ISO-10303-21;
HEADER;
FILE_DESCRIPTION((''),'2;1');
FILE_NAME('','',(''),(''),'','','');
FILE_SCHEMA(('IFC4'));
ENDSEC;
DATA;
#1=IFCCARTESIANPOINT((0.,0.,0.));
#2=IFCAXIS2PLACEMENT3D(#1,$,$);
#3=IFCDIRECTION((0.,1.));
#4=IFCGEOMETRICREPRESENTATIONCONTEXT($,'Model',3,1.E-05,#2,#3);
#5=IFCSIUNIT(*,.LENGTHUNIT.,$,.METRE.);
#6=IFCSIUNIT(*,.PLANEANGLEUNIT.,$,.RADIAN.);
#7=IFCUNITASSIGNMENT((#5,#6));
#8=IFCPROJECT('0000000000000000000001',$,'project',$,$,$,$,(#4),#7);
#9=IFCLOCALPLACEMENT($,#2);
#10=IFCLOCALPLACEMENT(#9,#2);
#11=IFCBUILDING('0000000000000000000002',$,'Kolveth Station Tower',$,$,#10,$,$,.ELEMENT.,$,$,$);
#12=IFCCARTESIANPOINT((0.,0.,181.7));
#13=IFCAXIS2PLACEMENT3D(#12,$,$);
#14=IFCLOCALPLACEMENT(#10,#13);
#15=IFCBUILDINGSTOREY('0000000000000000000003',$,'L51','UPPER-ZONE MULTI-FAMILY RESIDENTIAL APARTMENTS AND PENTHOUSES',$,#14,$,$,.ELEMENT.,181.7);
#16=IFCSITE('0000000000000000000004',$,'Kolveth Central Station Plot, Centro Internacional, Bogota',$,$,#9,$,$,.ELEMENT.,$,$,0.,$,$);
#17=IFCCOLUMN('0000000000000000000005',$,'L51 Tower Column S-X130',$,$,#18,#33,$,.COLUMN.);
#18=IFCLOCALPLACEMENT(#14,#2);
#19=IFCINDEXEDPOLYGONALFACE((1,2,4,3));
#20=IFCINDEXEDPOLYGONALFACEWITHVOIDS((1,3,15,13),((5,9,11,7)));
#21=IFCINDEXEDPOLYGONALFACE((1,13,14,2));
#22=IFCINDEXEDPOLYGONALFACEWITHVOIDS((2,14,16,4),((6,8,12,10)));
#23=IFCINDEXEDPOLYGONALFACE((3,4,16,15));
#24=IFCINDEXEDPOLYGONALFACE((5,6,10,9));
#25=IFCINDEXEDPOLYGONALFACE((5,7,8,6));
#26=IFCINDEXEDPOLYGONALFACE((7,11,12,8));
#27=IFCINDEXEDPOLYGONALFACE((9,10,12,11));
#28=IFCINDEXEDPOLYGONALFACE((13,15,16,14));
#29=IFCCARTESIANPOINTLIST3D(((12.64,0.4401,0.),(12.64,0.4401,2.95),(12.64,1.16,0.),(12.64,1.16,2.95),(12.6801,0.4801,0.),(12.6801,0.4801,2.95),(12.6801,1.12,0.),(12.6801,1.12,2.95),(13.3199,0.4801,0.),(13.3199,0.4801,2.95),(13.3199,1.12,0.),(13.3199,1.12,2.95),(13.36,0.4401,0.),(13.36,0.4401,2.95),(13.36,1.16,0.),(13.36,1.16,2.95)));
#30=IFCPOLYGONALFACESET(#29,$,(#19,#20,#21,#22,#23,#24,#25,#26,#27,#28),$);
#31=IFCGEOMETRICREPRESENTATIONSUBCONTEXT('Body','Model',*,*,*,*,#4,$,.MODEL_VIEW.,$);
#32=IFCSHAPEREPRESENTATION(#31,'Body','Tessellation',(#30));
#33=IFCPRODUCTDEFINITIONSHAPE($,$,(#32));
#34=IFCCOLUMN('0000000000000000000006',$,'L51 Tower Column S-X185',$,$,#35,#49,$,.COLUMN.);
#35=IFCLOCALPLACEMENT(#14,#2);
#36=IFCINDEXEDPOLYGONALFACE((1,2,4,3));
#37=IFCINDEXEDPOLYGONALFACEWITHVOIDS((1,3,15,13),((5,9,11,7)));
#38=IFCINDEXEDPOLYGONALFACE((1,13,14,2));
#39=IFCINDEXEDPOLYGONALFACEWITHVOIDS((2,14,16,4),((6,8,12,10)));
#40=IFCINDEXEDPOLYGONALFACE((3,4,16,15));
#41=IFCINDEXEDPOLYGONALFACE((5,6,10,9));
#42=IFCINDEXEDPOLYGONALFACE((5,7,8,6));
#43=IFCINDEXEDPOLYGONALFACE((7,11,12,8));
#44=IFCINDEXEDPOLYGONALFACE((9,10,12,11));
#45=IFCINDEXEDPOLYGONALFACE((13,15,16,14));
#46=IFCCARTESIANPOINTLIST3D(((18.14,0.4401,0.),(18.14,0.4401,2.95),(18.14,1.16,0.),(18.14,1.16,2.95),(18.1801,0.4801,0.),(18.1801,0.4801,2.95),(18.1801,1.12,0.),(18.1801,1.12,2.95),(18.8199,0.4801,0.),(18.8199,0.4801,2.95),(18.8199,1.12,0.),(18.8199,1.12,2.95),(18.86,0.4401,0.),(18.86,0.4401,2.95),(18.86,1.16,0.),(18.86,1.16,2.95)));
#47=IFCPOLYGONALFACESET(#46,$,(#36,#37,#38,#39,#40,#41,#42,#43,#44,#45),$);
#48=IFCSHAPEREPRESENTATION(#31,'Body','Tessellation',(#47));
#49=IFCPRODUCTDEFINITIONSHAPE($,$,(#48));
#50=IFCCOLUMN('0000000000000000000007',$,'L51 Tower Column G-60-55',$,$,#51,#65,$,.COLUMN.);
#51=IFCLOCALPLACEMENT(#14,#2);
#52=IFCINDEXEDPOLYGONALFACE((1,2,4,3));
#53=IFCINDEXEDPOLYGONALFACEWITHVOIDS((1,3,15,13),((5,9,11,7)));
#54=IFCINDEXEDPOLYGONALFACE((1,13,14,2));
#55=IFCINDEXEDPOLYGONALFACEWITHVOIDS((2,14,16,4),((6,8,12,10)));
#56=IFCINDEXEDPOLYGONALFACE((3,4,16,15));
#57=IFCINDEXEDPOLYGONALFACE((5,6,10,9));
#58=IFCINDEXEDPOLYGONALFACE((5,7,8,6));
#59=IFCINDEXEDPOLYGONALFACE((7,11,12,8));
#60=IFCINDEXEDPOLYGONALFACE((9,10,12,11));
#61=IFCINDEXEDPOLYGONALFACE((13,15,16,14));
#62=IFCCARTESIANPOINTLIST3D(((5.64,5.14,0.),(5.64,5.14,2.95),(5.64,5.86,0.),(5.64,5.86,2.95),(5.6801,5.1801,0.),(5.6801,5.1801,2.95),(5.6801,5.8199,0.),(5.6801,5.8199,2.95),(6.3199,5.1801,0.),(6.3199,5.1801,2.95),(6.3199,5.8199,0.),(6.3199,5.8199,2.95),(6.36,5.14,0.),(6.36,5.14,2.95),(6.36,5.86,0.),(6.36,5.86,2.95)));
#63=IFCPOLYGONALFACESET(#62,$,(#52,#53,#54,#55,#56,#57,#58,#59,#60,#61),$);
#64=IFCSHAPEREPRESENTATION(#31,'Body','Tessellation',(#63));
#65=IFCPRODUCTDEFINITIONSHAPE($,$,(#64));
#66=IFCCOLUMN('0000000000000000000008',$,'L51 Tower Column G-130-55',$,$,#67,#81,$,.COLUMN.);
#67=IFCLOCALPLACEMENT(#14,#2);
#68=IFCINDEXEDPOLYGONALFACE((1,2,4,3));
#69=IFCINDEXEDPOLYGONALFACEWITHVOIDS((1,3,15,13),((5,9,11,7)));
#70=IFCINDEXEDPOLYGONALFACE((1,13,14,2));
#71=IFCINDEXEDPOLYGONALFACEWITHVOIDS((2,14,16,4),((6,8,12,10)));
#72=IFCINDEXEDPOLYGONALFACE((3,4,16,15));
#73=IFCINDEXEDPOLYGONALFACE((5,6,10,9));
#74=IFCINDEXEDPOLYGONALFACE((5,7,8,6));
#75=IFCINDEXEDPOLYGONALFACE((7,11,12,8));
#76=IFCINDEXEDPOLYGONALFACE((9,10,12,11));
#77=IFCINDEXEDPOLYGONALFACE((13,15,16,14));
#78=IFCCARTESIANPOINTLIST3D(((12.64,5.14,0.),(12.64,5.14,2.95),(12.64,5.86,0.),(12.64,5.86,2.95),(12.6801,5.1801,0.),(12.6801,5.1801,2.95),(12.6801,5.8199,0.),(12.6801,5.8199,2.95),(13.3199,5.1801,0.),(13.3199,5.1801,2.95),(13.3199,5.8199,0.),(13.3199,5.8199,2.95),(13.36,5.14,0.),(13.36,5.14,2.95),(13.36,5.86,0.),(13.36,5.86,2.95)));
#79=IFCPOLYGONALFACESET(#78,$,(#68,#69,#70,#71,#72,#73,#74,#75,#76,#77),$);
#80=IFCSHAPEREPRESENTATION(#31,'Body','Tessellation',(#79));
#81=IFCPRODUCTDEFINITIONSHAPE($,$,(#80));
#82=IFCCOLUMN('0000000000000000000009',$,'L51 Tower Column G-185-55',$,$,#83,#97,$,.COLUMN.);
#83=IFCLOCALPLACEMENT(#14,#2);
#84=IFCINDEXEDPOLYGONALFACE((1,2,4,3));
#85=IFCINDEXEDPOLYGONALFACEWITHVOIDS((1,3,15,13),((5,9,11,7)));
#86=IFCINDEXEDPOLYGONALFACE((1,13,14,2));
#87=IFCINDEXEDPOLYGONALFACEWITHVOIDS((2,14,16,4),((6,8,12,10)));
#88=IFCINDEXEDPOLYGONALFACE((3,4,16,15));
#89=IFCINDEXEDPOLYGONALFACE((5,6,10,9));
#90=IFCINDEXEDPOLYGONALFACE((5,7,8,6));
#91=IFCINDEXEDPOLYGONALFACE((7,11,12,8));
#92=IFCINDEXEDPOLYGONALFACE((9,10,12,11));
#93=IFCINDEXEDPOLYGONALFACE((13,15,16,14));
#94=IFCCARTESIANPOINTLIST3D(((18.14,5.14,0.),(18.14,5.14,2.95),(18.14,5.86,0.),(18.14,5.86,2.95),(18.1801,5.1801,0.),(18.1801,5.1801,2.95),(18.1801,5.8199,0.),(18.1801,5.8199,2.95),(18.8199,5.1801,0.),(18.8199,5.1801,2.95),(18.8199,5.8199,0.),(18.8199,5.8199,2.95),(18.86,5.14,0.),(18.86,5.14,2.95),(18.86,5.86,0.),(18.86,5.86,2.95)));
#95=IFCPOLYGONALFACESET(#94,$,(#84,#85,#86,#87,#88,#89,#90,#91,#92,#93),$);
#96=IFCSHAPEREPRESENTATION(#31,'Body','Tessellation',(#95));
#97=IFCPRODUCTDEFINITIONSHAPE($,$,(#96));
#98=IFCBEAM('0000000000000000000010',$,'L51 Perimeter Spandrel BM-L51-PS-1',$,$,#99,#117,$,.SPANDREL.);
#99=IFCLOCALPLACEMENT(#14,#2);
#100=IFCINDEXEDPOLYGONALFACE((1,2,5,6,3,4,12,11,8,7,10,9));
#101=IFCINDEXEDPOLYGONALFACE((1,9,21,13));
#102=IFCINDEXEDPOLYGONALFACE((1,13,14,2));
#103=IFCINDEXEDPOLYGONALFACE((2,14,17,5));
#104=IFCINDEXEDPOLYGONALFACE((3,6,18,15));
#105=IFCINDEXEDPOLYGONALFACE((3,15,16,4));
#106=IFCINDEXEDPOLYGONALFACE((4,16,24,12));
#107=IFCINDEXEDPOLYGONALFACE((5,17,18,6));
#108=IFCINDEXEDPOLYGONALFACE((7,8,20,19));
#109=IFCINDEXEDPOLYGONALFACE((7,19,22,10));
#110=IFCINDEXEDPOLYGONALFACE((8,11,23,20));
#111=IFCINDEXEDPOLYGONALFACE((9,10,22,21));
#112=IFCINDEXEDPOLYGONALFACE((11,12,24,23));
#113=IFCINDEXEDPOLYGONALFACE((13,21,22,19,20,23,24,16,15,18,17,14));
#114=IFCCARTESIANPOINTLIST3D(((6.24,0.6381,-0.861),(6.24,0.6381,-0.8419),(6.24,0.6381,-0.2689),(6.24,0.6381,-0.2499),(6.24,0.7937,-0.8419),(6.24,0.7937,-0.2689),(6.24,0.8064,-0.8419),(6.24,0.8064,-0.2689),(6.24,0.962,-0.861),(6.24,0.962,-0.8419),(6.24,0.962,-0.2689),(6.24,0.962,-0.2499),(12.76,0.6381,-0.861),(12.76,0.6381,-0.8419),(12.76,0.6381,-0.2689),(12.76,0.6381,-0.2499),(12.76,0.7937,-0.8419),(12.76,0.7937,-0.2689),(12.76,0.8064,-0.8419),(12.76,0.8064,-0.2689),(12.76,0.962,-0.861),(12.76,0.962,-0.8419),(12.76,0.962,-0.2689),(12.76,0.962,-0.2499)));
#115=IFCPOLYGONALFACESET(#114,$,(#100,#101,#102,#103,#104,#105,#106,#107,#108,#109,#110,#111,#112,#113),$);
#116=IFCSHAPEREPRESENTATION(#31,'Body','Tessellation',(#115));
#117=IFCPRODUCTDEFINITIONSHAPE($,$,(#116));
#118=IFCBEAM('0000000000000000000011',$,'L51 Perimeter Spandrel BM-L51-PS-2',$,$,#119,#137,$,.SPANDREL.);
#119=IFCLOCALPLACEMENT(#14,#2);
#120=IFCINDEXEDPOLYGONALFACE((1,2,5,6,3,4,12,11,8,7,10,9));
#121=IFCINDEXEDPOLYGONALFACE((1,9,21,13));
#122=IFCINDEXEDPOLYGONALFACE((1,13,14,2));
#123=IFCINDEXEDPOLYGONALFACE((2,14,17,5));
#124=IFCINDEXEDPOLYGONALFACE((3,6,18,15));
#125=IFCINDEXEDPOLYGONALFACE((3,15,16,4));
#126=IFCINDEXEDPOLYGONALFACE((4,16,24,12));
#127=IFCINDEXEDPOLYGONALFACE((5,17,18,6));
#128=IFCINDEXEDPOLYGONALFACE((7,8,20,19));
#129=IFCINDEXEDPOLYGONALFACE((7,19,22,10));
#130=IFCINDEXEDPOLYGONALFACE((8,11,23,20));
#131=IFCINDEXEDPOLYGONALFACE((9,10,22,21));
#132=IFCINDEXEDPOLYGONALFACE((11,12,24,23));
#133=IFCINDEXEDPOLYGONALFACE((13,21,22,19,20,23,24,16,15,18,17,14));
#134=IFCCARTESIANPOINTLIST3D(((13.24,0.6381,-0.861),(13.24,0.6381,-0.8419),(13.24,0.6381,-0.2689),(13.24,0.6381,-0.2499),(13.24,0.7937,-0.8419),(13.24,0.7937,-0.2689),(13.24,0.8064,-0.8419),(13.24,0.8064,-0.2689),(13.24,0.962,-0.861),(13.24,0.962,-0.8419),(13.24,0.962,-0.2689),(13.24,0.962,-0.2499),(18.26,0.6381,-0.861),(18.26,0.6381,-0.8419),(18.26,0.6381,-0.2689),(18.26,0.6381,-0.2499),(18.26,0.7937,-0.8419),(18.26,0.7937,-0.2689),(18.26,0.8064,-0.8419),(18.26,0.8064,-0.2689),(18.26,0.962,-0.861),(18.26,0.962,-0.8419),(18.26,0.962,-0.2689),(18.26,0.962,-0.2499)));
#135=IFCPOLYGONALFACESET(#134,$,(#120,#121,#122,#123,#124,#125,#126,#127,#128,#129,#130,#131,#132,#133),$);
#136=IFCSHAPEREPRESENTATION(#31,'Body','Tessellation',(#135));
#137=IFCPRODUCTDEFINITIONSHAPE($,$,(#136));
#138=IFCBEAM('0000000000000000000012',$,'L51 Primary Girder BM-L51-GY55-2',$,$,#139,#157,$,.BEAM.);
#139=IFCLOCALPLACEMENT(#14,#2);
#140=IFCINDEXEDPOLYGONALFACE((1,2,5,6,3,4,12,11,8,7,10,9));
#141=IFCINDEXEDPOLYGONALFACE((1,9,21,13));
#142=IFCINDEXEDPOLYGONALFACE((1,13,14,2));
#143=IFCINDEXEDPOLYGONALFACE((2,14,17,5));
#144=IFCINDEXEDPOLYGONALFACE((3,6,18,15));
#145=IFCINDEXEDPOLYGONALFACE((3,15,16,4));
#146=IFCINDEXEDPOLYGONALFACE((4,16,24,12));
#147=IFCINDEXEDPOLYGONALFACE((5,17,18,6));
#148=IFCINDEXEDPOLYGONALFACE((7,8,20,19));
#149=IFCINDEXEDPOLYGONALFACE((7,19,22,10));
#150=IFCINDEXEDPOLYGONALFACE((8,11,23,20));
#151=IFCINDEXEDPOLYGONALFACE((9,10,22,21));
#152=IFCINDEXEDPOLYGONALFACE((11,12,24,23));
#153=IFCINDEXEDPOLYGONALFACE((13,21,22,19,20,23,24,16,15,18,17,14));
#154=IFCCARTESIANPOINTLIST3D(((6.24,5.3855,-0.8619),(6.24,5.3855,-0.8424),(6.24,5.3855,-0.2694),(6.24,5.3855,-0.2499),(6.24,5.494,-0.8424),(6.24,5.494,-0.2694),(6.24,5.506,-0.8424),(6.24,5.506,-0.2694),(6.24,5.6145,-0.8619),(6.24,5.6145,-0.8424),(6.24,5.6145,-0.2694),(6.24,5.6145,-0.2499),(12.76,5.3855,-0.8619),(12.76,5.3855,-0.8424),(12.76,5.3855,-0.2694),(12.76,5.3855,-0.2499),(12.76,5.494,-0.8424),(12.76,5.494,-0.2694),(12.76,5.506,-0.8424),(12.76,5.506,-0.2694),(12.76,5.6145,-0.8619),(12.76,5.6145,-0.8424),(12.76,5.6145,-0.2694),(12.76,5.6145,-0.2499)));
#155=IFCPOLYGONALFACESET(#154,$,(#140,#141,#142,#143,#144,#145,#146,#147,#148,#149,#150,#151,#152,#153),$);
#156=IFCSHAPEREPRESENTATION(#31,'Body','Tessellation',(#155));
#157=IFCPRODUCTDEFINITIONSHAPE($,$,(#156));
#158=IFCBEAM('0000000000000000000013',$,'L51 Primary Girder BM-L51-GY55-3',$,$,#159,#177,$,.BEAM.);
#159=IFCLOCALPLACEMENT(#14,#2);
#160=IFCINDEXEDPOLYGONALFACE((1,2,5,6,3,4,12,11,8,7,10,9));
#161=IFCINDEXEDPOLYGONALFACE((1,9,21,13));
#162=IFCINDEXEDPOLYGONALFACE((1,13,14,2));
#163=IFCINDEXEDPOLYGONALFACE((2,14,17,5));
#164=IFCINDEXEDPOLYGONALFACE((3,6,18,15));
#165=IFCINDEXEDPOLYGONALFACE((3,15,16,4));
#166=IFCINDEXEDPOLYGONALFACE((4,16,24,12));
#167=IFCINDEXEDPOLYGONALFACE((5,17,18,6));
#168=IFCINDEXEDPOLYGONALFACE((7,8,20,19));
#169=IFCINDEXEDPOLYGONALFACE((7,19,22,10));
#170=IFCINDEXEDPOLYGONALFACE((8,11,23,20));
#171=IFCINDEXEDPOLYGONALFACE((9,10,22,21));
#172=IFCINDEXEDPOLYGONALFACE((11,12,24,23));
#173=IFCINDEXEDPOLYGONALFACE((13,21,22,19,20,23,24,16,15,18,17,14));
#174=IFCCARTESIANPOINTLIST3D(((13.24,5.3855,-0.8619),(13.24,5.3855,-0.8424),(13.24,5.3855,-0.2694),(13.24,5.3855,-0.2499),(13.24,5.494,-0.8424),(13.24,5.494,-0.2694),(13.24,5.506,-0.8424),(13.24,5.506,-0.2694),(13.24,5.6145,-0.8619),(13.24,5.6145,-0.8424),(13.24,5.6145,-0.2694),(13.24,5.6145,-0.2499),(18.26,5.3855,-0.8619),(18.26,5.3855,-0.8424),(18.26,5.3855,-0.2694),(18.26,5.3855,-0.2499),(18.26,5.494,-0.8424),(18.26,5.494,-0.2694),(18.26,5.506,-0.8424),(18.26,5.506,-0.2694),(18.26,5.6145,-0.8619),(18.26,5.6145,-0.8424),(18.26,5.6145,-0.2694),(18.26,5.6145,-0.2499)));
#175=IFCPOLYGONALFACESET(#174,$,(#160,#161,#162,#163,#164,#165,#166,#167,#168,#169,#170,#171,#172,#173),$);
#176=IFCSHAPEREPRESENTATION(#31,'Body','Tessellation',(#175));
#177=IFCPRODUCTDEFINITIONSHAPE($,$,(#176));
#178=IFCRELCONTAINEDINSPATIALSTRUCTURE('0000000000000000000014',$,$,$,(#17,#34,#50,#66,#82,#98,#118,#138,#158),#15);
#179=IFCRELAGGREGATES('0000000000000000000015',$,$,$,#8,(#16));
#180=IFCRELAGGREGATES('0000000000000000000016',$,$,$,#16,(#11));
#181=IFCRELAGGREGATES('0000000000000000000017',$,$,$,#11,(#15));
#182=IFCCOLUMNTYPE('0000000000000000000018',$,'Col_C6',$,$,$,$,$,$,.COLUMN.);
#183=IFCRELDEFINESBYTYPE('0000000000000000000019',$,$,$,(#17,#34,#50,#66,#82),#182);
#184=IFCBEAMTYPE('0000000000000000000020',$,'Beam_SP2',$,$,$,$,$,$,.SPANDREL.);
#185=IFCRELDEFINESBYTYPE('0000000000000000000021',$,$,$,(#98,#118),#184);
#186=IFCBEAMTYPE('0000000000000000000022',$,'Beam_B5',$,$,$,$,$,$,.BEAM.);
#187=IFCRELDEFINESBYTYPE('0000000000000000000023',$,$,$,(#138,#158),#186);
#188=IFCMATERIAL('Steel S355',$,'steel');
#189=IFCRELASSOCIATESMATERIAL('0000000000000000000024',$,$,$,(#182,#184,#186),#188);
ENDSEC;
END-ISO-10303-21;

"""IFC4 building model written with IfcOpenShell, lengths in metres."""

from ifc_helpers import new_model, si_unit, direction, frame, origin, origin_2d, place, context, subcontext, project, spatial, hollow_rectangle, i_section, extrude, source, transform, mapped, material, material_profile, profile_set, type_object, element, save


model = new_model("IFC4")

# Units and contexts
model_context = context("Model", 3, precision=1e-05, world=origin(), true_north=direction((0.0, 1.0)))
body_context = subcontext(model_context, "Body", "Model", "MODEL_VIEW")
ifc_project = project(units=[si_unit("LENGTHUNIT", "METRE"), si_unit("PLANEANGLEUNIT", "RADIAN")], contexts=[model_context])

# Site, building, storey
site_placement = place(None, origin())
site = spatial("IfcSite", under=ifc_project, at=site_placement, Name="Kolveth Central Station Plot, Centro Internacional, Bogota", CompositionType="ELEMENT", RefElevation=0.0)
building_placement = place(site_placement, origin())
building = spatial("IfcBuilding", under=site, at=building_placement, Name="Kolveth Station Tower", CompositionType="ELEMENT")
storey_placement = place(building_placement, frame((0.0, 0.0, 181.7)))
storey = spatial("IfcBuildingStorey", under=building, at=storey_placement, Name="L51", Description="UPPER-ZONE MULTI-FAMILY RESIDENTIAL APARTMENTS AND PENTHOUSES", CompositionType="ELEMENT", Elevation=181.7)

# Columns
ifc_material_1 = material(Name="Steel S355", Category="steel")
ifc_material_profile_1 = material_profile(ifc_material_1, hollow_rectangle(XDim=0.72, YDim=0.72, WallThickness=0.04, at=origin_2d()), Name="BOX720x720x40")
ifc_profile_set_1 = profile_set([ifc_material_profile_1], Name="Steel S355")
column_type = type_object("IfcColumnType", Name="Col_C6", PredefinedType="COLUMN", material=ifc_profile_set_1)
shared_shape_1 = source(origin(), body_context, "Body", "SweptSolid", [
    extrude(hollow_rectangle(XDim=0.72, YDim=0.72, WallThickness=0.04, at=origin_2d()), origin(), (0.0, 0.0, 1.0), 2.95),
])
for number, where, z_axis, x_axis, name in (
    (1, (13.0, 0.8, 0.0), (0.0, 0.0, 1.0), (1.0, 0.0, 0.0), "L51 Tower Column S-X130"),
    (2, (18.5, 0.8, 0.0), (0.0, 0.0, 1.0), (1.0, 0.0, 0.0), "L51 Tower Column S-X185"),
    (3, (6.0, 5.5, 0.0), (0.0, 0.0, 1.0), (1.0, 0.0, 0.0), "L51 Tower Column G-60-55"),
    (4, (13.0, 5.5, 0.0), (0.0, 0.0, 1.0), (1.0, 0.0, 0.0), "L51 Tower Column G-130-55"),
    (5, (18.5, 5.5, 0.0), (0.0, 0.0, 1.0), (1.0, 0.0, 0.0), "L51 Tower Column G-185-55"),
):
    element("IfcColumn", number, at=place(storey_placement, frame(where, z_axis=z_axis, x_axis=x_axis)), inside=storey, type_object=column_type, Name=name, PredefinedType="COLUMN", context=body_context, shape_type="MappedRepresentation", body=[
        mapped(shared_shape_1, transform((0.0, 0.0, 0.0), x_axis=(1.0, 0.0, 0.0), y_axis=(0.0, 1.0, 0.0), z_axis=(0.0, 0.0, 1.0), scale=1.0)),
    ])

# Beams
ifc_material_profile_2 = material_profile(ifc_material_1, i_section(OverallWidth=0.324, OverallDepth=0.6111, WebThickness=0.0127, FlangeThickness=0.019, at=origin_2d()), Name="W610x155")
ifc_profile_set_2 = profile_set([ifc_material_profile_2], Name="Steel S355")
beam_type_1 = type_object("IfcBeamType", Name="Beam_SP2", PredefinedType="SPANDREL", material=ifc_profile_set_2)
shared_shape_2 = source(origin(), body_context, "Body", "SweptSolid", [
    extrude(i_section(OverallWidth=0.324, OverallDepth=0.6111, WebThickness=0.0127, FlangeThickness=0.019, at=origin_2d()), origin(), (0.0, 0.0, 1.0), 6.52),
])
beam_1_placement = place(storey_placement, frame((6.24, 0.8, -0.5554), z_axis=(1.0, 0.0, 0.0), x_axis=(0.0, 1.0, 0.0)))
element("IfcBeam", 6, at=beam_1_placement, inside=storey, type_object=beam_type_1, Name="L51 Perimeter Spandrel BM-L51-PS-1", PredefinedType="SPANDREL", context=body_context, shape_type="MappedRepresentation", body=[
    mapped(shared_shape_2, transform((0.0, 0.0, 0.0), x_axis=(1.0, 0.0, 0.0), y_axis=(0.0, 1.0, 0.0), z_axis=(0.0, 0.0, 1.0), scale=1.0)),
])
shared_shape_3 = source(origin(), body_context, "Body", "SweptSolid", [
    extrude(i_section(OverallWidth=0.324, OverallDepth=0.6111, WebThickness=0.0127, FlangeThickness=0.019, at=origin_2d()), origin(), (0.0, 0.0, 1.0), 5.02),
])
beam_2_placement = place(storey_placement, frame((13.24, 0.8, -0.5554), z_axis=(1.0, 0.0, 0.0), x_axis=(0.0, 1.0, 0.0)))
element("IfcBeam", 7, at=beam_2_placement, inside=storey, type_object=beam_type_1, Name="L51 Perimeter Spandrel BM-L51-PS-2", PredefinedType="SPANDREL", context=body_context, shape_type="MappedRepresentation", body=[
    mapped(shared_shape_3, transform((0.0, 0.0, 0.0), x_axis=(1.0, 0.0, 0.0), y_axis=(0.0, 1.0, 0.0), z_axis=(0.0, 0.0, 1.0), scale=1.0)),
])
ifc_material_profile_3 = material_profile(ifc_material_1, i_section(OverallWidth=0.229, OverallDepth=0.6121, WebThickness=0.012, FlangeThickness=0.0195, at=origin_2d()), Name="W610x125")
ifc_profile_set_3 = profile_set([ifc_material_profile_3], Name="Steel S355")
beam_type_2 = type_object("IfcBeamType", Name="Beam_B5", PredefinedType="BEAM", material=ifc_profile_set_3)
shared_shape_4 = source(origin(), body_context, "Body", "SweptSolid", [
    extrude(i_section(OverallWidth=0.229, OverallDepth=0.6121, WebThickness=0.012, FlangeThickness=0.0195, at=origin_2d()), origin(), (0.0, 0.0, 1.0), 6.52),
])
beam_3_placement = place(storey_placement, frame((6.24, 5.5, -0.5559), z_axis=(1.0, 0.0, 0.0), x_axis=(0.0, 1.0, 0.0)))
element("IfcBeam", 8, at=beam_3_placement, inside=storey, type_object=beam_type_2, Name="L51 Primary Girder BM-L51-GY55-2", PredefinedType="BEAM", context=body_context, shape_type="MappedRepresentation", body=[
    mapped(shared_shape_4, transform((0.0, 0.0, 0.0), x_axis=(1.0, 0.0, 0.0), y_axis=(0.0, 1.0, 0.0), z_axis=(0.0, 0.0, 1.0), scale=1.0)),
])
shared_shape_5 = source(origin(), body_context, "Body", "SweptSolid", [
    extrude(i_section(OverallWidth=0.229, OverallDepth=0.6121, WebThickness=0.012, FlangeThickness=0.0195, at=origin_2d()), origin(), (0.0, 0.0, 1.0), 5.02),
])
beam_4_placement = place(storey_placement, frame((13.24, 5.5, -0.5559), z_axis=(1.0, 0.0, 0.0), x_axis=(0.0, 1.0, 0.0)))
element("IfcBeam", 9, at=beam_4_placement, inside=storey, type_object=beam_type_2, Name="L51 Primary Girder BM-L51-GY55-3", PredefinedType="BEAM", context=body_context, shape_type="MappedRepresentation", body=[
    mapped(shared_shape_5, transform((0.0, 0.0, 0.0), x_axis=(1.0, 0.0, 0.0), y_axis=(0.0, 1.0, 0.0), z_axis=(0.0, 0.0, 1.0), scale=1.0)),
])

save(model, "model.ifc")
